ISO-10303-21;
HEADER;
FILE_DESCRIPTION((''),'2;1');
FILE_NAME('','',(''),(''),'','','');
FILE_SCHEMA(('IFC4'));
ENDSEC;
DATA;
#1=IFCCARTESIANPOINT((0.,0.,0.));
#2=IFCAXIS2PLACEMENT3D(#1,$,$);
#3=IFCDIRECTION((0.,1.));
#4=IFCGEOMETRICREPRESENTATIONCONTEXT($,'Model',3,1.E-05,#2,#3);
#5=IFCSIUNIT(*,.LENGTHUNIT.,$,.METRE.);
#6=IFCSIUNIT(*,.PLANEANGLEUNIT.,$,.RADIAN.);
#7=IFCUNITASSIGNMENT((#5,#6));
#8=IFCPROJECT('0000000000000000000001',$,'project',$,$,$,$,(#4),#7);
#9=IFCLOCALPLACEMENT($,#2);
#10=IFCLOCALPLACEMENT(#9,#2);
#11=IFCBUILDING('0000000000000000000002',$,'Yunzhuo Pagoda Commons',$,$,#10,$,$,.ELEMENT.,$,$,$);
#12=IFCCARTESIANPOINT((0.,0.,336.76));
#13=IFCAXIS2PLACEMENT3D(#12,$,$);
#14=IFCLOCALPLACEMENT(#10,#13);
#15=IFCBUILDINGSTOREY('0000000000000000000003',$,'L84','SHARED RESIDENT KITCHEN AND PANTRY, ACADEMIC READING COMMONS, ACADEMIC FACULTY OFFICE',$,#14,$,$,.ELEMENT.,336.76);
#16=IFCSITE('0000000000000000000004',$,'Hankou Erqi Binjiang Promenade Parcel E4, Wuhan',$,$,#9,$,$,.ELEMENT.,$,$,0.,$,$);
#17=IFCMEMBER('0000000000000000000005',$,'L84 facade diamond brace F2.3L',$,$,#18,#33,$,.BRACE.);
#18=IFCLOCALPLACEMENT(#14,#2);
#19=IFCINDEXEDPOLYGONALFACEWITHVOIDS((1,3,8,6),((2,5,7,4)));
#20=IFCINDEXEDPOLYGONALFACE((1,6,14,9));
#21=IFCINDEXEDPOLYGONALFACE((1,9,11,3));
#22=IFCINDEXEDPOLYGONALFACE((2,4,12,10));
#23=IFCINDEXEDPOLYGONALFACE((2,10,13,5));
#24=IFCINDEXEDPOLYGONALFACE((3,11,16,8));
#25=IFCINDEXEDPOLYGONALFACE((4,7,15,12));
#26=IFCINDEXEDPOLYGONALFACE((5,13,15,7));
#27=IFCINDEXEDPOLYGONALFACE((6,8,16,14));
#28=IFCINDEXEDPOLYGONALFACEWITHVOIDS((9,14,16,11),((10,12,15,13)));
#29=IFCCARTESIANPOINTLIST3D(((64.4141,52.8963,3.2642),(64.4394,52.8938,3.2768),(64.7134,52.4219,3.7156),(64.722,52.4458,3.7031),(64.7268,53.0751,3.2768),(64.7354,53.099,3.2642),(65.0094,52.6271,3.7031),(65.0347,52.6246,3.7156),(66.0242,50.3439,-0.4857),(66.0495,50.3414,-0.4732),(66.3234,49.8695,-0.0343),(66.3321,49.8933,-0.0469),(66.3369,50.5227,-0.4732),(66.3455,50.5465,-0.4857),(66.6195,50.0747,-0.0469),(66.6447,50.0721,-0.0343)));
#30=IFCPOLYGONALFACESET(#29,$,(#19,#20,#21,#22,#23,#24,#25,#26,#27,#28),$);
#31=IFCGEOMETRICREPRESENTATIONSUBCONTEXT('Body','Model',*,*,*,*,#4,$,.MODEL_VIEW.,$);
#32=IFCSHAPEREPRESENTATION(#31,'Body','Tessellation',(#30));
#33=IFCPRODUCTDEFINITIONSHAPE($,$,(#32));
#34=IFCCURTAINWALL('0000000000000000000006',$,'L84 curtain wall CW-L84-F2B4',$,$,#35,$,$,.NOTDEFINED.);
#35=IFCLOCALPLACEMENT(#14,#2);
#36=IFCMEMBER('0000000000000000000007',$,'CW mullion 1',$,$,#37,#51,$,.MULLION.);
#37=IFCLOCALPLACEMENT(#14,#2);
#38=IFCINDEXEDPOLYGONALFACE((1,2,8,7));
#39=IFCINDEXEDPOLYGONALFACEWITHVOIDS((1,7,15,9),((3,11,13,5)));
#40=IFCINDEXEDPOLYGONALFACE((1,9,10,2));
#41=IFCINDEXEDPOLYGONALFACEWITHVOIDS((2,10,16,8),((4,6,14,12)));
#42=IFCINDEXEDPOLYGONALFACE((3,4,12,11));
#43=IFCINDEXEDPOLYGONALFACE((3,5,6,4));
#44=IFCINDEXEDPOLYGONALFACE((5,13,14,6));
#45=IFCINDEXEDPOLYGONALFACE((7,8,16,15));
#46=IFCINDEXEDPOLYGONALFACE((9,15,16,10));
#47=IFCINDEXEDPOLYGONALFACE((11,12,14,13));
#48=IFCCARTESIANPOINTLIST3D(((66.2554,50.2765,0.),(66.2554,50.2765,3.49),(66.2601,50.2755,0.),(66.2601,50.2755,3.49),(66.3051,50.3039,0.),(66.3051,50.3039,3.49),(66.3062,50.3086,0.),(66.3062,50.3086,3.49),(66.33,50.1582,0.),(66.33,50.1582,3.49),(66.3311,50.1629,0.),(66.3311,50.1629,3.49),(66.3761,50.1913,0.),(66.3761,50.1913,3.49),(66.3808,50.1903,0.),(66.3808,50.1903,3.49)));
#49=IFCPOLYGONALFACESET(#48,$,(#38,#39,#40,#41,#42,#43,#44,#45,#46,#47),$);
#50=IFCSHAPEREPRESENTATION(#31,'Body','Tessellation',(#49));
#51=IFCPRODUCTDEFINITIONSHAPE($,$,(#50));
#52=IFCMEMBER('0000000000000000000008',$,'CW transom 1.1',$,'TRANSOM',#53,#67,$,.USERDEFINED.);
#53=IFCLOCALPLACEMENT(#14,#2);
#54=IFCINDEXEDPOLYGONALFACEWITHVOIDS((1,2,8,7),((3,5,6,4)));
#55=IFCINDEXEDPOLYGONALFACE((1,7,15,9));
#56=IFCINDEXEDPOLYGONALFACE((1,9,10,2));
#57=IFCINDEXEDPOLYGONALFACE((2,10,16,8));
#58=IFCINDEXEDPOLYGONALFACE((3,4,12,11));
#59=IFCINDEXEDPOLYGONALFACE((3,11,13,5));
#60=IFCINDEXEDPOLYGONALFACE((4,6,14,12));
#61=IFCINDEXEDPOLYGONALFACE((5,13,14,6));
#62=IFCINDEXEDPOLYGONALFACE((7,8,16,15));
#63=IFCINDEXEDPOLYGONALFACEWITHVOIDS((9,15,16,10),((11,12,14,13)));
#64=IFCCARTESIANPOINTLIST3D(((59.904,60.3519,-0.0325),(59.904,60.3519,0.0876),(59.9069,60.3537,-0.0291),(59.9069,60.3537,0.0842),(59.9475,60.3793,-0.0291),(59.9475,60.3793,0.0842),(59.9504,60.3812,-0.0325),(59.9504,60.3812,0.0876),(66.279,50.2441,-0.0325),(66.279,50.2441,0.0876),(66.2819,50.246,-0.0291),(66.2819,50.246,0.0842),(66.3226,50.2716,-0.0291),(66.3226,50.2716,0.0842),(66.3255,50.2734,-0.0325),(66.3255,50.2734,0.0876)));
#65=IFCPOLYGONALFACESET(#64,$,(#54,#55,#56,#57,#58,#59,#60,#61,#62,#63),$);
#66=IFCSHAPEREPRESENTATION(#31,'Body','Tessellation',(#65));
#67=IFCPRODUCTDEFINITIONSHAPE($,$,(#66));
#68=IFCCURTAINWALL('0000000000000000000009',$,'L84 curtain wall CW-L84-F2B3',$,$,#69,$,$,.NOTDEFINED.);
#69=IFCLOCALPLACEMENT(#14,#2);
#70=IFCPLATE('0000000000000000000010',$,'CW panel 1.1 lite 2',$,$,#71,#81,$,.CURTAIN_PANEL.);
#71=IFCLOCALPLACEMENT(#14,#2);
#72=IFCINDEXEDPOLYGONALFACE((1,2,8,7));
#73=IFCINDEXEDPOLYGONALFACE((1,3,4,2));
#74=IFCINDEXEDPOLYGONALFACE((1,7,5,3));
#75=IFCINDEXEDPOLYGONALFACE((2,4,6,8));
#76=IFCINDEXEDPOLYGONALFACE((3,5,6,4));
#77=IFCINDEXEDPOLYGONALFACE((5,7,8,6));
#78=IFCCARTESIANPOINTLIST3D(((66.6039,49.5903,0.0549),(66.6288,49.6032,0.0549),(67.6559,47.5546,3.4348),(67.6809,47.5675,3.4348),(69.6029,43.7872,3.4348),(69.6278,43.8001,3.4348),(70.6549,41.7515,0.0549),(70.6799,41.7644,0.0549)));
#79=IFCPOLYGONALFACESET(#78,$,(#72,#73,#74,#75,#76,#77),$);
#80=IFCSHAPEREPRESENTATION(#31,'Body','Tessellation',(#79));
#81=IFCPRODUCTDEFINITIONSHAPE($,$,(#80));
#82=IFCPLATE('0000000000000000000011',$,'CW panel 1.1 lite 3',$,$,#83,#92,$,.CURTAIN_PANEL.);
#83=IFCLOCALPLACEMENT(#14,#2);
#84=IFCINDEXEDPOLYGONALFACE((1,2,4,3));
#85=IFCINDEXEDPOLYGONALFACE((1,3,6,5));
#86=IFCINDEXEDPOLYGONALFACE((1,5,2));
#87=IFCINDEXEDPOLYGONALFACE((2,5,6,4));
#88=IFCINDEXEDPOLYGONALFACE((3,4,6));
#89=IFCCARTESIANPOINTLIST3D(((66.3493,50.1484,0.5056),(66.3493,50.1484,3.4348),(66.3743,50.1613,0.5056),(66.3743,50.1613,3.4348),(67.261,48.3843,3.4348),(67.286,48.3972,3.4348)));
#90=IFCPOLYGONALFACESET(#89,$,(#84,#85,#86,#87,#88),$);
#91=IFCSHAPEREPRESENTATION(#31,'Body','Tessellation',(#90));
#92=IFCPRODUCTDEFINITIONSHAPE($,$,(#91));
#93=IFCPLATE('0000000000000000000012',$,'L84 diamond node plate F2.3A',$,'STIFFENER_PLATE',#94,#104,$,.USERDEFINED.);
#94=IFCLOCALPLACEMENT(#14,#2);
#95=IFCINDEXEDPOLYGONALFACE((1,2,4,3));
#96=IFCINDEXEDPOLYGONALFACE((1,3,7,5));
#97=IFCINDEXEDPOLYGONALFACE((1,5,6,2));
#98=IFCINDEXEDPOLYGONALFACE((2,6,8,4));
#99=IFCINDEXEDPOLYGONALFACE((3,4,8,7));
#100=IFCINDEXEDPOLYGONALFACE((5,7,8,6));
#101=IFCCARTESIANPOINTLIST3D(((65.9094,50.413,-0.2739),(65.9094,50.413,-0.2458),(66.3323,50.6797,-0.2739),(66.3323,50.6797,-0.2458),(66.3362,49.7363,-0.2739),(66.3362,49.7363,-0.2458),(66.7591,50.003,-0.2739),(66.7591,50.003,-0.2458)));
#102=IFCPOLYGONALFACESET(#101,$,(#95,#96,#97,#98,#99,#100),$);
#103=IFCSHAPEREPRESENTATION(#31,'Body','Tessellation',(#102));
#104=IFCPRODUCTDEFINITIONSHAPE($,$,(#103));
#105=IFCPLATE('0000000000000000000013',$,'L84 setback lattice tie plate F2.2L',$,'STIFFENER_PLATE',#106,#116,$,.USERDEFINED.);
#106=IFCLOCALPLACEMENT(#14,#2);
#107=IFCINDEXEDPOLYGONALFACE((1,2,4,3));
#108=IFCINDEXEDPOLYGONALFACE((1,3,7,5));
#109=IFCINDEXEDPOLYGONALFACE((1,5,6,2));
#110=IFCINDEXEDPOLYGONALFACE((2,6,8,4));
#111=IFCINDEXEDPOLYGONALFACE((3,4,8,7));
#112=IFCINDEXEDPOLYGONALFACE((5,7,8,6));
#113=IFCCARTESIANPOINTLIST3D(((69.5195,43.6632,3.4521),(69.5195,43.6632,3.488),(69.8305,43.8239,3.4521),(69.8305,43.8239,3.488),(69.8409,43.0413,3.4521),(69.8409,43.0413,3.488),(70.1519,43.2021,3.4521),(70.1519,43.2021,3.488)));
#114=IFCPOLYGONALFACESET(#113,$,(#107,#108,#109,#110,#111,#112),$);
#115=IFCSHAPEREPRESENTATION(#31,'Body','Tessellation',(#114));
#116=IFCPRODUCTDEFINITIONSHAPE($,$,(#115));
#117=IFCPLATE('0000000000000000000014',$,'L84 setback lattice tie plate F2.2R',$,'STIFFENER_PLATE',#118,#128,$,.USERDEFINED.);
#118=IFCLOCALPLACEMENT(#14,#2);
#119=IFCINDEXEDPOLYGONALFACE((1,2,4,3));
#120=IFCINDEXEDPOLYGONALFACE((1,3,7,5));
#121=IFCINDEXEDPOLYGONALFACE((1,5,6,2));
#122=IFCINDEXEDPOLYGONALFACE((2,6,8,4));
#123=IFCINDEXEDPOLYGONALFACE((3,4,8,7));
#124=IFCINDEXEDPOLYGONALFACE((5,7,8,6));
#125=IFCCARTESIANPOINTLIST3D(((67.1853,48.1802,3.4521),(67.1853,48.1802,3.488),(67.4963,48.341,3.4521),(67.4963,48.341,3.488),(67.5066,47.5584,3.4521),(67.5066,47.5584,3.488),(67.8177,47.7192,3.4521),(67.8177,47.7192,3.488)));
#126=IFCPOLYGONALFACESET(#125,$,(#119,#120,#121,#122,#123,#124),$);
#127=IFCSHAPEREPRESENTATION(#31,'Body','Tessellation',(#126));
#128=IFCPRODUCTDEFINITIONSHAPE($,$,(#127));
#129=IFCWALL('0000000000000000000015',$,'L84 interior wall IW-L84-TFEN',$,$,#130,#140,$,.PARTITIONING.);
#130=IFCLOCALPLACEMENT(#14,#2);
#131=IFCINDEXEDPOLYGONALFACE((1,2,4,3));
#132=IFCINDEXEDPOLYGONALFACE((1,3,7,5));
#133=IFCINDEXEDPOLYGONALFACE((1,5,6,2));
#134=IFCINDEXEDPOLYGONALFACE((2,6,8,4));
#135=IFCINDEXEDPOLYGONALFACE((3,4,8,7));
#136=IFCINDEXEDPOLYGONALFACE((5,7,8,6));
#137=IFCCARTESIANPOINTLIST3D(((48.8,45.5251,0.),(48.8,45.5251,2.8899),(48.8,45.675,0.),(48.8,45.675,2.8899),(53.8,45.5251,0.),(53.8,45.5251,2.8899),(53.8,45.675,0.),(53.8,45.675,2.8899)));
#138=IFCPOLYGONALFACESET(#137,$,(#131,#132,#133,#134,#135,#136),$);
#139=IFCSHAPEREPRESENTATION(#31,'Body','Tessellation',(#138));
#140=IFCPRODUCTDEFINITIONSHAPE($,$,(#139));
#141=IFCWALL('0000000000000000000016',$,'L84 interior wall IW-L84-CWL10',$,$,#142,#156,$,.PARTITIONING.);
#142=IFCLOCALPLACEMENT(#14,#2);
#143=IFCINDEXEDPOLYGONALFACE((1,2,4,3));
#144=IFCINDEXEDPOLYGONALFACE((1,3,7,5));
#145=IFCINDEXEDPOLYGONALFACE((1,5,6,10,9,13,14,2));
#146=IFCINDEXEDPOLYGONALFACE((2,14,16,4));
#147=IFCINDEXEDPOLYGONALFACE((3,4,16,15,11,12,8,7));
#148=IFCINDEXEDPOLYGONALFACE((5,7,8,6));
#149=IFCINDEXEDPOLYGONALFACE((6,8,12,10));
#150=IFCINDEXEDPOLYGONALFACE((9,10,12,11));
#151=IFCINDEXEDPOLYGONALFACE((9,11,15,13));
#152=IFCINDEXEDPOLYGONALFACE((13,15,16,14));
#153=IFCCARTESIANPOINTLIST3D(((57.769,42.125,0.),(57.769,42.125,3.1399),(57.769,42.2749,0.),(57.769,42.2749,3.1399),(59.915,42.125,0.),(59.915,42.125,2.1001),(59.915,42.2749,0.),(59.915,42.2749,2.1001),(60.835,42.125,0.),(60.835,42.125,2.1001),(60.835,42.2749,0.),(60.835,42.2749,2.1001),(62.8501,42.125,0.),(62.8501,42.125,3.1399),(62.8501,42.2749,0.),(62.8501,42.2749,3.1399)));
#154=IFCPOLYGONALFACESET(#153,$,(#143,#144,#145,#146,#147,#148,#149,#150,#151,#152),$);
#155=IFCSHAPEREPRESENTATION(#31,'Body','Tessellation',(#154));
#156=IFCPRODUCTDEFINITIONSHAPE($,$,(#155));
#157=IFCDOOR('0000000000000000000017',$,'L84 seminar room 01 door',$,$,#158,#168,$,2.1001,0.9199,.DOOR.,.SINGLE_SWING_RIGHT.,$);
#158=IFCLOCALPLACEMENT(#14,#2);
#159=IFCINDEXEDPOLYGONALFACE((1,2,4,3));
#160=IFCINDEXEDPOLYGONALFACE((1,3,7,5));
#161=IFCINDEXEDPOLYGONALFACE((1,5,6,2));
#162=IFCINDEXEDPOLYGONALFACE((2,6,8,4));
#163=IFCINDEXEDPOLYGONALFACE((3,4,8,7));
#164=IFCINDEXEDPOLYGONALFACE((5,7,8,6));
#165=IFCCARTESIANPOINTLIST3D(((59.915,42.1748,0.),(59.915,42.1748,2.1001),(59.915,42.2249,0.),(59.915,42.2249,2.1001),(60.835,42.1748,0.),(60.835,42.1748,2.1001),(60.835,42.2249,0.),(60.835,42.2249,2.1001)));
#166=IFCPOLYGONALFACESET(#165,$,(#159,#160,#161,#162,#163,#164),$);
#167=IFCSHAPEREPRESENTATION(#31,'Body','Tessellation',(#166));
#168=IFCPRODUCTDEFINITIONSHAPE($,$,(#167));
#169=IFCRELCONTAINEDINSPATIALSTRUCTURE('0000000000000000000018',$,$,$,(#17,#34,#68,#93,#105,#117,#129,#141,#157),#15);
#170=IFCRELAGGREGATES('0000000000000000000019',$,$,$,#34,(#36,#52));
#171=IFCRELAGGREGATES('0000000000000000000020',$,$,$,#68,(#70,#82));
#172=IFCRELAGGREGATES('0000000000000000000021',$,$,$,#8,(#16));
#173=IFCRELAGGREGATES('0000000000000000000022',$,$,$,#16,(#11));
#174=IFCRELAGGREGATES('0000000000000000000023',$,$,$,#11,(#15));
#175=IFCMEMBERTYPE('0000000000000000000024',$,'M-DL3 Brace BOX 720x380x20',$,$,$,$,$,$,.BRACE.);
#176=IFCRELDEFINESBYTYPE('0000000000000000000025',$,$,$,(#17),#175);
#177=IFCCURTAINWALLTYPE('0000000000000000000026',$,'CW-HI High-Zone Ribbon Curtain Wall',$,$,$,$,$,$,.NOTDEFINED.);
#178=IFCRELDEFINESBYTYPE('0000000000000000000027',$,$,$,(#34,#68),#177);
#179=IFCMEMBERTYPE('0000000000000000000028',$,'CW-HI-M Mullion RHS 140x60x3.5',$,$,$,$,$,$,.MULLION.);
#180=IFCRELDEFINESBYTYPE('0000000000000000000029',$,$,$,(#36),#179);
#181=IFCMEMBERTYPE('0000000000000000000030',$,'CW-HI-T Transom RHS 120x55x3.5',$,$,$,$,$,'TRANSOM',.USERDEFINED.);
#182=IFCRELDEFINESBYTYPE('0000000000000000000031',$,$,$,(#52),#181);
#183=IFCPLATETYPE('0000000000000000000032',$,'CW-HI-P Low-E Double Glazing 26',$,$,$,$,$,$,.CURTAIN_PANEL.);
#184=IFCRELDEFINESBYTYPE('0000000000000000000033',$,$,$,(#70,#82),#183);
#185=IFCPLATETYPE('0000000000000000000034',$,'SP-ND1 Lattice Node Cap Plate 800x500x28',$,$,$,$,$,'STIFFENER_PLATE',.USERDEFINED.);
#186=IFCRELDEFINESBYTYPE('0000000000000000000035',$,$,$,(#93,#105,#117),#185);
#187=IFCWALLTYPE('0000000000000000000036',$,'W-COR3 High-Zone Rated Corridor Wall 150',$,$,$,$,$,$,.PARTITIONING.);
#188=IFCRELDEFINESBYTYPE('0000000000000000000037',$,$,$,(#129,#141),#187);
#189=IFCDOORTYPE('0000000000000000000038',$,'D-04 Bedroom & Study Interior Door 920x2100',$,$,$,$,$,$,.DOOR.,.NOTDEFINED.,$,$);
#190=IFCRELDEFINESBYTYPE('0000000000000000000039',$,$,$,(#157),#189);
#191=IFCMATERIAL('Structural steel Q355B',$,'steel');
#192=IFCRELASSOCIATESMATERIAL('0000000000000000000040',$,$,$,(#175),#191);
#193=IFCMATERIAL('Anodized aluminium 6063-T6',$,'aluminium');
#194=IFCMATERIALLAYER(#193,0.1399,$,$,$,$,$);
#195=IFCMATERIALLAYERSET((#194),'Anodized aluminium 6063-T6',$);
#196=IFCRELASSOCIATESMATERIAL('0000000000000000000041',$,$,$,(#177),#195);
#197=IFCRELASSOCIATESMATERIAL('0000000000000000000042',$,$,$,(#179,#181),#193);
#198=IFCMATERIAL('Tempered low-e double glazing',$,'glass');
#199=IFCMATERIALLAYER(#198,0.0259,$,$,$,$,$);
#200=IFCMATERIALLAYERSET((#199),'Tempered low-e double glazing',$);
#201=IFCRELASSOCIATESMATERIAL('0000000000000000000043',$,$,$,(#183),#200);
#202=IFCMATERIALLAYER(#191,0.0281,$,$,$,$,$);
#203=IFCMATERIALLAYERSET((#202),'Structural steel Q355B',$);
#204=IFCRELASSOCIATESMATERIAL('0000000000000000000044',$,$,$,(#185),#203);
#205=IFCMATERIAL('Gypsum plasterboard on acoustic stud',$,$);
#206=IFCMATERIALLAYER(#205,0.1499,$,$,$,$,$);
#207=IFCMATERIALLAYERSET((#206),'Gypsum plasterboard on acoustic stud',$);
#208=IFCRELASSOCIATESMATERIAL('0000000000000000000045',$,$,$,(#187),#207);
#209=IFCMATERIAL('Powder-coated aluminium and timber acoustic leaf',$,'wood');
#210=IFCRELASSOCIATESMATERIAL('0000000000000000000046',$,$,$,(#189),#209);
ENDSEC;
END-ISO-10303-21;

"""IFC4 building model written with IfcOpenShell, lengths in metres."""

from ifc_helpers import new_model, si_unit, direction, frame, frame_2d, origin, origin_with_axes, origin_2d, place, context, subcontext, project, spatial, polyline, rectangle, hollow_rectangle, outline, extrude, source, transform, mapped, material, layer, layer_set, material_profile, profile_set, type_object, element, fill, aggregate, save


model = new_model("IFC4")

# Units and contexts
model_context = context("Model", 3, precision=1e-05, world=origin(), true_north=direction((0.0, 1.0)))
body_context = subcontext(model_context, "Body", "Model", "MODEL_VIEW")
ifc_project = project(units=[si_unit("LENGTHUNIT", "METRE"), si_unit("PLANEANGLEUNIT", "RADIAN")], contexts=[model_context])

# Site, building, storey
site_placement = place(None, origin())
site = spatial("IfcSite", under=ifc_project, at=site_placement, Name="Hankou Erqi Binjiang Promenade Parcel E4, Wuhan", CompositionType="ELEMENT", RefElevation=0.0)
building_placement = place(site_placement, origin())
building = spatial("IfcBuilding", under=site, at=building_placement, Name="Yunzhuo Pagoda Commons", CompositionType="ELEMENT")
storey_placement = place(building_placement, frame((0.0, 0.0, 336.76)))
storey = spatial("IfcBuildingStorey", under=building, at=storey_placement, Name="L84", Description="SHARED RESIDENT KITCHEN AND PANTRY, ACADEMIC READING COMMONS, ACADEMIC FACULTY OFFICE", CompositionType="ELEMENT", Elevation=336.76)

# Shared definitions
ifc_material_1 = material(Name="Structural steel Q355B", Category="steel")

# Member
ifc_material_profile_1 = material_profile(ifc_material_1, hollow_rectangle(XDim=0.3799, YDim=0.72, WallThickness=0.02, at=origin_2d()), Name="Structural steel Q355B")
ifc_profile_set_1 = profile_set([ifc_material_profile_1], Name="Structural steel Q355B")
member_type_1 = type_object("IfcMemberType", Name="M-DL3 Brace BOX 720x380x20", PredefinedType="BRACE", material=ifc_profile_set_1)
shared_shape_1 = source(origin(), body_context, "Body", "SweptSolid", [
    extrude(hollow_rectangle(XDim=0.3799, YDim=0.72, WallThickness=0.02, at=origin_2d()), origin(), (0.0, 0.0, 1.0), 4.8135),
])
member_1_placement = place(storey_placement, frame((66.3345, 50.208, -0.26), z_axis=(-0.334496, 0.530273, 0.779053), x_axis=(-0.845787, -0.533521, 0.0)))
element("IfcMember", 1, at=member_1_placement, inside=storey, type_object=member_type_1, Name="L84 facade diamond brace F2.3L", PredefinedType="BRACE", context=body_context, shape_type="MappedRepresentation", body=[
    mapped(shared_shape_1, transform((0.0, 0.0, 0.0), scale=1.0)),
])

# Curtain wall, members
ifc_material_2 = material(Name="Anodized aluminium 6063-T6", Category="aluminium")
ifc_layer_1 = layer(ifc_material_2, 0.1399)
ifc_layer_set_1 = layer_set([ifc_layer_1], Name="Anodized aluminium 6063-T6")
curtain_wall_type = type_object("IfcCurtainWallType", Name="CW-HI High-Zone Ribbon Curtain Wall", PredefinedType="NOTDEFINED", material=ifc_layer_set_1)
curtain_wall_1_placement = place(storey_placement, origin())
curtain_wall_1 = element("IfcCurtainWall", 2, at=curtain_wall_1_placement, inside=storey, type_object=curtain_wall_type, Name="L84 curtain wall CW-L84-F2B4", PredefinedType="NOTDEFINED")
ifc_material_profile_2 = material_profile(ifc_material_2, hollow_rectangle(XDim=0.0601, YDim=0.1399, WallThickness=0.0034, at=origin_2d()), Name="Anodized aluminium 6063-T6")
ifc_profile_set_2 = profile_set([ifc_material_profile_2], Name="Anodized aluminium 6063-T6")
member_type_2 = type_object("IfcMemberType", Name="CW-HI-M Mullion RHS 140x60x3.5", PredefinedType="MULLION", material=ifc_profile_set_2)
shared_shape_2 = source(origin(), body_context, "Body", "SweptSolid", [
    extrude(hollow_rectangle(XDim=0.0601, YDim=0.1399, WallThickness=0.0034, at=origin_2d()), origin(), (0.0, 0.0, 1.0), 3.49),
])
member_2_placement = place(storey_placement, frame((66.3181, 50.2334, 0.0), z_axis=(0.0, 0.0, 1.0), x_axis=(-0.845818, -0.533472, 0.0)))
member_2 = element("IfcMember", 3, at=member_2_placement, type_object=member_type_2, Name="CW mullion 1", PredefinedType="MULLION", context=body_context, shape_type="MappedRepresentation", body=[
    mapped(shared_shape_2, transform((0.0, 0.0, 0.0), scale=1.0)),
])
ifc_material_profile_3 = material_profile(ifc_material_2, hollow_rectangle(XDim=0.0549, YDim=0.1201, WallThickness=0.0034, at=origin_2d()), Name="Anodized aluminium 6063-T6")
ifc_profile_set_3 = profile_set([ifc_material_profile_3], Name="Anodized aluminium 6063-T6")
member_type_3 = type_object("IfcMemberType", Name="CW-HI-T Transom RHS 120x55x3.5", ElementType="TRANSOM", PredefinedType="USERDEFINED", material=ifc_profile_set_3)
shared_shape_3 = source(origin(), body_context, "Body", "SweptSolid", [
    extrude(hollow_rectangle(XDim=0.0549, YDim=0.1201, WallThickness=0.0034, at=origin_2d()), origin(), (0.0, 0.0, 1.0), 11.9502),
])
member_3_placement = place(storey_placement, frame((66.3022, 50.2588, 0.0276), z_axis=(-0.533467, 0.845821, 0.0), x_axis=(-0.845821, -0.533467, 0.0)))
member_3 = element("IfcMember", 4, at=member_3_placement, type_object=member_type_3, Name="CW transom 1.1", ObjectType="TRANSOM", PredefinedType="USERDEFINED", context=body_context, shape_type="MappedRepresentation", body=[
    mapped(shared_shape_3, transform((0.0, 0.0, 0.0), scale=1.0)),
])
aggregate(curtain_wall_1, [member_2, member_3])

# Curtain wall, plates
curtain_wall_2_placement = place(storey_placement, origin())
curtain_wall_2 = element("IfcCurtainWall", 5, at=curtain_wall_2_placement, inside=storey, type_object=curtain_wall_type, Name="L84 curtain wall CW-L84-F2B3", PredefinedType="NOTDEFINED")
ifc_material_3 = material(Name="Tempered low-e double glazing", Category="glass")
ifc_layer_2 = layer(ifc_material_3, 0.0259)
ifc_layer_set_2 = layer_set([ifc_layer_2], Name="Tempered low-e double glazing")
plate_type_1 = type_object("IfcPlateType", Name="CW-HI-P Low-E Double Glazing 26", PredefinedType="CURTAIN_PANEL", material=ifc_layer_set_2)
plate_1_placement = place(storey_placement, frame((68.6294, 45.6709, 1.7449), z_axis=(0.88838, 0.459108, 0.0), x_axis=(-0.459108, 0.88838, 0.0)))
plate_1 = element("IfcPlate", 6, at=plate_1_placement, type_object=plate_type_1, Name="CW panel 1.1 lite 2", PredefinedType="CURTAIN_PANEL", context=body_context, shape_type="SweptSolid", body=[
    extrude(outline(polyline([(-4.4119, -1.6899), (4.4119, -1.6899), (2.1204, 1.6899), (-2.1204, 1.6899), (-4.4119, -1.6899)])), origin(), (0.0, 0.0, 1.0), 0.0281),
])
plate_2_placement = place(storey_placement, frame((66.8052, 49.2664, 1.9702), z_axis=(0.88838, 0.459108, 0.0), x_axis=(-0.459108, 0.88838, 0.0)))
plate_2 = element("IfcPlate", 7, at=plate_2_placement, type_object=plate_type_1, Name="CW panel 1.1 lite 3", PredefinedType="CURTAIN_PANEL", context=body_context, shape_type="SweptSolid", body=[
    extrude(outline(polyline([(-0.9929, 1.4646), (0.9929, -1.4646), (0.9929, 1.4646), (-0.9929, 1.4646)])), origin(), (0.0, 0.0, 1.0), 0.0281),
])
aggregate(curtain_wall_2, [plate_1, plate_2])

# Plates
ifc_layer_3 = layer(ifc_material_1, 0.0281)
ifc_layer_set_3 = layer_set([ifc_layer_3], Name="Structural steel Q355B")
plate_type_2 = type_object("IfcPlateType", Name="SP-ND1 Lattice Node Cap Plate 800x500x28", ElementType="STIFFENER_PLATE", PredefinedType="USERDEFINED", material=ifc_layer_set_3)
shared_shape_4 = source(origin(), body_context, "Body", "SweptSolid", [
    extrude(rectangle(XDim=0.8, YDim=0.5, at=origin_2d()), origin(), (0.0, 0.0, 1.0), 0.0281),
])
plate_3_placement = place(storey_placement, frame((66.3342, 50.208, -0.2739), z_axis=(0.0, 0.0, 1.0), x_axis=(-0.533467, 0.845821, 0.0)))
element("IfcPlate", 8, at=plate_3_placement, inside=storey, type_object=plate_type_2, Name="L84 diamond node plate F2.3A", ObjectType="STIFFENER_PLATE", PredefinedType="USERDEFINED", context=body_context, shape_type="MappedRepresentation", body=[
    mapped(shared_shape_4, transform((0.0, 0.0, 0.0), scale=1.0)),
])
shared_shape_5 = source(origin(), body_context, "Body", "SweptSolid", [
    extrude(rectangle(XDim=0.7, YDim=0.3501, at=origin_2d()), origin(), (0.0, 0.0, 1.0), 0.0359),
])
for number, where, z_axis, x_axis, name in (
    (9, (69.8357, 43.4326, 3.4521), (0.0, 0.0, 1.0), (-0.459115, 0.888377, 0.0), "L84 setback lattice tie plate F2.2L"),
    (10, (67.5015, 47.9497, 3.4521), (0.0, 0.0, 1.0), (-0.459115, 0.888377, 0.0), "L84 setback lattice tie plate F2.2R"),
):
    element("IfcPlate", number, at=place(storey_placement, frame(where, z_axis=z_axis, x_axis=x_axis)), inside=storey, type_object=plate_type_2, Name=name, ObjectType="STIFFENER_PLATE", PredefinedType="USERDEFINED", context=body_context, shape_type="MappedRepresentation", body=[
        mapped(shared_shape_5, transform((0.0, 0.0, 0.0), scale=1.0)),
    ])

# Wall
ifc_material_4 = material(Name="Gypsum plasterboard on acoustic stud")
ifc_layer_4 = layer(ifc_material_4, 0.1499)
ifc_layer_set_4 = layer_set([ifc_layer_4], Name="Gypsum plasterboard on acoustic stud")
wall_type_1 = type_object("IfcWallType", Name="W-COR3 High-Zone Rated Corridor Wall 150", PredefinedType="PARTITIONING", material=ifc_layer_set_4)
wall_1_placement = place(storey_placement, frame((48.8, 45.6001, 0.0), z_axis=(0.0, 0.0, 1.0), x_axis=(1.0, 0.0, 0.0)))
element("IfcWall", 11, at=wall_1_placement, inside=storey, type_object=wall_type_1, Name="L84 interior wall IW-L84-TFEN", PredefinedType="PARTITIONING", context=body_context, shape_type="SweptSolid", body=[
    extrude(rectangle(XDim=5.0, YDim=0.1499, at=frame_2d((2.5, 0.0))), origin(), (0.0, 0.0, 1.0), 2.8899),
])

# Wall, opening, door
wall_2_placement = place(storey_placement, frame((57.769, 42.2, 0.0), z_axis=(0.0, 0.0, 1.0), x_axis=(1.0, 0.0, 0.0)))
wall_2 = element("IfcWall", 12, at=wall_2_placement, inside=storey, type_object=wall_type_1, Name="L84 interior wall IW-L84-CWL10", PredefinedType="PARTITIONING", context=body_context, shape_type="SweptSolid", body=[
    extrude(rectangle(XDim=5.0811, YDim=0.1499, at=frame_2d((2.5405, 0.0))), origin(), (0.0, 0.0, 1.0), 3.1399),
])
opening_placement = place(wall_2_placement, frame((2.146, 0.0, 0.0)))
opening = element("IfcOpeningElement", 13, at=opening_placement, cuts=wall_2, PredefinedType="OPENING", context=body_context, shape_type="SweptSolid", body=[
    extrude(rectangle(XDim=0.9199, YDim=2.1001, at=frame_2d((0.46, 1.05))), frame((0.0, 0.085, 0.0), z_axis=(0.0, -1.0, 0.0), x_axis=(1.0, 0.0, 0.0)), (0.0, 0.0, 1.0), 0.1699),
])
ifc_material_5 = material(Name="Powder-coated aluminium and timber acoustic leaf", Category="wood")
door_type = type_object("IfcDoorType", Name="D-04 Bedroom & Study Interior Door 920x2100", OperationType="NOTDEFINED", PredefinedType="DOOR", material=ifc_material_5)
shared_shape_6 = source(origin(), body_context, "Body", "SweptSolid", [
    extrude(rectangle(XDim=0.9199, YDim=2.1001, at=frame_2d((0.46, 1.05))), frame((0.0, 0.0249, 0.0), z_axis=(0.0, -1.0, 0.0), x_axis=(1.0, 0.0, 0.0)), (0.0, 0.0, 1.0), 0.05),
])
door_placement = place(opening_placement, origin_with_axes())
door = element("IfcDoor", 14, at=door_placement, inside=storey, type_object=door_type, Name="L84 seminar room 01 door", OperationType="SINGLE_SWING_RIGHT", OverallHeight=2.1001, OverallWidth=0.9199, PredefinedType="DOOR", context=body_context, shape_type="MappedRepresentation", body=[
    mapped(shared_shape_6, transform((0.0, 0.0, 0.0), scale=1.0)),
])
fill(opening, door)

save(model, "model.ifc")
